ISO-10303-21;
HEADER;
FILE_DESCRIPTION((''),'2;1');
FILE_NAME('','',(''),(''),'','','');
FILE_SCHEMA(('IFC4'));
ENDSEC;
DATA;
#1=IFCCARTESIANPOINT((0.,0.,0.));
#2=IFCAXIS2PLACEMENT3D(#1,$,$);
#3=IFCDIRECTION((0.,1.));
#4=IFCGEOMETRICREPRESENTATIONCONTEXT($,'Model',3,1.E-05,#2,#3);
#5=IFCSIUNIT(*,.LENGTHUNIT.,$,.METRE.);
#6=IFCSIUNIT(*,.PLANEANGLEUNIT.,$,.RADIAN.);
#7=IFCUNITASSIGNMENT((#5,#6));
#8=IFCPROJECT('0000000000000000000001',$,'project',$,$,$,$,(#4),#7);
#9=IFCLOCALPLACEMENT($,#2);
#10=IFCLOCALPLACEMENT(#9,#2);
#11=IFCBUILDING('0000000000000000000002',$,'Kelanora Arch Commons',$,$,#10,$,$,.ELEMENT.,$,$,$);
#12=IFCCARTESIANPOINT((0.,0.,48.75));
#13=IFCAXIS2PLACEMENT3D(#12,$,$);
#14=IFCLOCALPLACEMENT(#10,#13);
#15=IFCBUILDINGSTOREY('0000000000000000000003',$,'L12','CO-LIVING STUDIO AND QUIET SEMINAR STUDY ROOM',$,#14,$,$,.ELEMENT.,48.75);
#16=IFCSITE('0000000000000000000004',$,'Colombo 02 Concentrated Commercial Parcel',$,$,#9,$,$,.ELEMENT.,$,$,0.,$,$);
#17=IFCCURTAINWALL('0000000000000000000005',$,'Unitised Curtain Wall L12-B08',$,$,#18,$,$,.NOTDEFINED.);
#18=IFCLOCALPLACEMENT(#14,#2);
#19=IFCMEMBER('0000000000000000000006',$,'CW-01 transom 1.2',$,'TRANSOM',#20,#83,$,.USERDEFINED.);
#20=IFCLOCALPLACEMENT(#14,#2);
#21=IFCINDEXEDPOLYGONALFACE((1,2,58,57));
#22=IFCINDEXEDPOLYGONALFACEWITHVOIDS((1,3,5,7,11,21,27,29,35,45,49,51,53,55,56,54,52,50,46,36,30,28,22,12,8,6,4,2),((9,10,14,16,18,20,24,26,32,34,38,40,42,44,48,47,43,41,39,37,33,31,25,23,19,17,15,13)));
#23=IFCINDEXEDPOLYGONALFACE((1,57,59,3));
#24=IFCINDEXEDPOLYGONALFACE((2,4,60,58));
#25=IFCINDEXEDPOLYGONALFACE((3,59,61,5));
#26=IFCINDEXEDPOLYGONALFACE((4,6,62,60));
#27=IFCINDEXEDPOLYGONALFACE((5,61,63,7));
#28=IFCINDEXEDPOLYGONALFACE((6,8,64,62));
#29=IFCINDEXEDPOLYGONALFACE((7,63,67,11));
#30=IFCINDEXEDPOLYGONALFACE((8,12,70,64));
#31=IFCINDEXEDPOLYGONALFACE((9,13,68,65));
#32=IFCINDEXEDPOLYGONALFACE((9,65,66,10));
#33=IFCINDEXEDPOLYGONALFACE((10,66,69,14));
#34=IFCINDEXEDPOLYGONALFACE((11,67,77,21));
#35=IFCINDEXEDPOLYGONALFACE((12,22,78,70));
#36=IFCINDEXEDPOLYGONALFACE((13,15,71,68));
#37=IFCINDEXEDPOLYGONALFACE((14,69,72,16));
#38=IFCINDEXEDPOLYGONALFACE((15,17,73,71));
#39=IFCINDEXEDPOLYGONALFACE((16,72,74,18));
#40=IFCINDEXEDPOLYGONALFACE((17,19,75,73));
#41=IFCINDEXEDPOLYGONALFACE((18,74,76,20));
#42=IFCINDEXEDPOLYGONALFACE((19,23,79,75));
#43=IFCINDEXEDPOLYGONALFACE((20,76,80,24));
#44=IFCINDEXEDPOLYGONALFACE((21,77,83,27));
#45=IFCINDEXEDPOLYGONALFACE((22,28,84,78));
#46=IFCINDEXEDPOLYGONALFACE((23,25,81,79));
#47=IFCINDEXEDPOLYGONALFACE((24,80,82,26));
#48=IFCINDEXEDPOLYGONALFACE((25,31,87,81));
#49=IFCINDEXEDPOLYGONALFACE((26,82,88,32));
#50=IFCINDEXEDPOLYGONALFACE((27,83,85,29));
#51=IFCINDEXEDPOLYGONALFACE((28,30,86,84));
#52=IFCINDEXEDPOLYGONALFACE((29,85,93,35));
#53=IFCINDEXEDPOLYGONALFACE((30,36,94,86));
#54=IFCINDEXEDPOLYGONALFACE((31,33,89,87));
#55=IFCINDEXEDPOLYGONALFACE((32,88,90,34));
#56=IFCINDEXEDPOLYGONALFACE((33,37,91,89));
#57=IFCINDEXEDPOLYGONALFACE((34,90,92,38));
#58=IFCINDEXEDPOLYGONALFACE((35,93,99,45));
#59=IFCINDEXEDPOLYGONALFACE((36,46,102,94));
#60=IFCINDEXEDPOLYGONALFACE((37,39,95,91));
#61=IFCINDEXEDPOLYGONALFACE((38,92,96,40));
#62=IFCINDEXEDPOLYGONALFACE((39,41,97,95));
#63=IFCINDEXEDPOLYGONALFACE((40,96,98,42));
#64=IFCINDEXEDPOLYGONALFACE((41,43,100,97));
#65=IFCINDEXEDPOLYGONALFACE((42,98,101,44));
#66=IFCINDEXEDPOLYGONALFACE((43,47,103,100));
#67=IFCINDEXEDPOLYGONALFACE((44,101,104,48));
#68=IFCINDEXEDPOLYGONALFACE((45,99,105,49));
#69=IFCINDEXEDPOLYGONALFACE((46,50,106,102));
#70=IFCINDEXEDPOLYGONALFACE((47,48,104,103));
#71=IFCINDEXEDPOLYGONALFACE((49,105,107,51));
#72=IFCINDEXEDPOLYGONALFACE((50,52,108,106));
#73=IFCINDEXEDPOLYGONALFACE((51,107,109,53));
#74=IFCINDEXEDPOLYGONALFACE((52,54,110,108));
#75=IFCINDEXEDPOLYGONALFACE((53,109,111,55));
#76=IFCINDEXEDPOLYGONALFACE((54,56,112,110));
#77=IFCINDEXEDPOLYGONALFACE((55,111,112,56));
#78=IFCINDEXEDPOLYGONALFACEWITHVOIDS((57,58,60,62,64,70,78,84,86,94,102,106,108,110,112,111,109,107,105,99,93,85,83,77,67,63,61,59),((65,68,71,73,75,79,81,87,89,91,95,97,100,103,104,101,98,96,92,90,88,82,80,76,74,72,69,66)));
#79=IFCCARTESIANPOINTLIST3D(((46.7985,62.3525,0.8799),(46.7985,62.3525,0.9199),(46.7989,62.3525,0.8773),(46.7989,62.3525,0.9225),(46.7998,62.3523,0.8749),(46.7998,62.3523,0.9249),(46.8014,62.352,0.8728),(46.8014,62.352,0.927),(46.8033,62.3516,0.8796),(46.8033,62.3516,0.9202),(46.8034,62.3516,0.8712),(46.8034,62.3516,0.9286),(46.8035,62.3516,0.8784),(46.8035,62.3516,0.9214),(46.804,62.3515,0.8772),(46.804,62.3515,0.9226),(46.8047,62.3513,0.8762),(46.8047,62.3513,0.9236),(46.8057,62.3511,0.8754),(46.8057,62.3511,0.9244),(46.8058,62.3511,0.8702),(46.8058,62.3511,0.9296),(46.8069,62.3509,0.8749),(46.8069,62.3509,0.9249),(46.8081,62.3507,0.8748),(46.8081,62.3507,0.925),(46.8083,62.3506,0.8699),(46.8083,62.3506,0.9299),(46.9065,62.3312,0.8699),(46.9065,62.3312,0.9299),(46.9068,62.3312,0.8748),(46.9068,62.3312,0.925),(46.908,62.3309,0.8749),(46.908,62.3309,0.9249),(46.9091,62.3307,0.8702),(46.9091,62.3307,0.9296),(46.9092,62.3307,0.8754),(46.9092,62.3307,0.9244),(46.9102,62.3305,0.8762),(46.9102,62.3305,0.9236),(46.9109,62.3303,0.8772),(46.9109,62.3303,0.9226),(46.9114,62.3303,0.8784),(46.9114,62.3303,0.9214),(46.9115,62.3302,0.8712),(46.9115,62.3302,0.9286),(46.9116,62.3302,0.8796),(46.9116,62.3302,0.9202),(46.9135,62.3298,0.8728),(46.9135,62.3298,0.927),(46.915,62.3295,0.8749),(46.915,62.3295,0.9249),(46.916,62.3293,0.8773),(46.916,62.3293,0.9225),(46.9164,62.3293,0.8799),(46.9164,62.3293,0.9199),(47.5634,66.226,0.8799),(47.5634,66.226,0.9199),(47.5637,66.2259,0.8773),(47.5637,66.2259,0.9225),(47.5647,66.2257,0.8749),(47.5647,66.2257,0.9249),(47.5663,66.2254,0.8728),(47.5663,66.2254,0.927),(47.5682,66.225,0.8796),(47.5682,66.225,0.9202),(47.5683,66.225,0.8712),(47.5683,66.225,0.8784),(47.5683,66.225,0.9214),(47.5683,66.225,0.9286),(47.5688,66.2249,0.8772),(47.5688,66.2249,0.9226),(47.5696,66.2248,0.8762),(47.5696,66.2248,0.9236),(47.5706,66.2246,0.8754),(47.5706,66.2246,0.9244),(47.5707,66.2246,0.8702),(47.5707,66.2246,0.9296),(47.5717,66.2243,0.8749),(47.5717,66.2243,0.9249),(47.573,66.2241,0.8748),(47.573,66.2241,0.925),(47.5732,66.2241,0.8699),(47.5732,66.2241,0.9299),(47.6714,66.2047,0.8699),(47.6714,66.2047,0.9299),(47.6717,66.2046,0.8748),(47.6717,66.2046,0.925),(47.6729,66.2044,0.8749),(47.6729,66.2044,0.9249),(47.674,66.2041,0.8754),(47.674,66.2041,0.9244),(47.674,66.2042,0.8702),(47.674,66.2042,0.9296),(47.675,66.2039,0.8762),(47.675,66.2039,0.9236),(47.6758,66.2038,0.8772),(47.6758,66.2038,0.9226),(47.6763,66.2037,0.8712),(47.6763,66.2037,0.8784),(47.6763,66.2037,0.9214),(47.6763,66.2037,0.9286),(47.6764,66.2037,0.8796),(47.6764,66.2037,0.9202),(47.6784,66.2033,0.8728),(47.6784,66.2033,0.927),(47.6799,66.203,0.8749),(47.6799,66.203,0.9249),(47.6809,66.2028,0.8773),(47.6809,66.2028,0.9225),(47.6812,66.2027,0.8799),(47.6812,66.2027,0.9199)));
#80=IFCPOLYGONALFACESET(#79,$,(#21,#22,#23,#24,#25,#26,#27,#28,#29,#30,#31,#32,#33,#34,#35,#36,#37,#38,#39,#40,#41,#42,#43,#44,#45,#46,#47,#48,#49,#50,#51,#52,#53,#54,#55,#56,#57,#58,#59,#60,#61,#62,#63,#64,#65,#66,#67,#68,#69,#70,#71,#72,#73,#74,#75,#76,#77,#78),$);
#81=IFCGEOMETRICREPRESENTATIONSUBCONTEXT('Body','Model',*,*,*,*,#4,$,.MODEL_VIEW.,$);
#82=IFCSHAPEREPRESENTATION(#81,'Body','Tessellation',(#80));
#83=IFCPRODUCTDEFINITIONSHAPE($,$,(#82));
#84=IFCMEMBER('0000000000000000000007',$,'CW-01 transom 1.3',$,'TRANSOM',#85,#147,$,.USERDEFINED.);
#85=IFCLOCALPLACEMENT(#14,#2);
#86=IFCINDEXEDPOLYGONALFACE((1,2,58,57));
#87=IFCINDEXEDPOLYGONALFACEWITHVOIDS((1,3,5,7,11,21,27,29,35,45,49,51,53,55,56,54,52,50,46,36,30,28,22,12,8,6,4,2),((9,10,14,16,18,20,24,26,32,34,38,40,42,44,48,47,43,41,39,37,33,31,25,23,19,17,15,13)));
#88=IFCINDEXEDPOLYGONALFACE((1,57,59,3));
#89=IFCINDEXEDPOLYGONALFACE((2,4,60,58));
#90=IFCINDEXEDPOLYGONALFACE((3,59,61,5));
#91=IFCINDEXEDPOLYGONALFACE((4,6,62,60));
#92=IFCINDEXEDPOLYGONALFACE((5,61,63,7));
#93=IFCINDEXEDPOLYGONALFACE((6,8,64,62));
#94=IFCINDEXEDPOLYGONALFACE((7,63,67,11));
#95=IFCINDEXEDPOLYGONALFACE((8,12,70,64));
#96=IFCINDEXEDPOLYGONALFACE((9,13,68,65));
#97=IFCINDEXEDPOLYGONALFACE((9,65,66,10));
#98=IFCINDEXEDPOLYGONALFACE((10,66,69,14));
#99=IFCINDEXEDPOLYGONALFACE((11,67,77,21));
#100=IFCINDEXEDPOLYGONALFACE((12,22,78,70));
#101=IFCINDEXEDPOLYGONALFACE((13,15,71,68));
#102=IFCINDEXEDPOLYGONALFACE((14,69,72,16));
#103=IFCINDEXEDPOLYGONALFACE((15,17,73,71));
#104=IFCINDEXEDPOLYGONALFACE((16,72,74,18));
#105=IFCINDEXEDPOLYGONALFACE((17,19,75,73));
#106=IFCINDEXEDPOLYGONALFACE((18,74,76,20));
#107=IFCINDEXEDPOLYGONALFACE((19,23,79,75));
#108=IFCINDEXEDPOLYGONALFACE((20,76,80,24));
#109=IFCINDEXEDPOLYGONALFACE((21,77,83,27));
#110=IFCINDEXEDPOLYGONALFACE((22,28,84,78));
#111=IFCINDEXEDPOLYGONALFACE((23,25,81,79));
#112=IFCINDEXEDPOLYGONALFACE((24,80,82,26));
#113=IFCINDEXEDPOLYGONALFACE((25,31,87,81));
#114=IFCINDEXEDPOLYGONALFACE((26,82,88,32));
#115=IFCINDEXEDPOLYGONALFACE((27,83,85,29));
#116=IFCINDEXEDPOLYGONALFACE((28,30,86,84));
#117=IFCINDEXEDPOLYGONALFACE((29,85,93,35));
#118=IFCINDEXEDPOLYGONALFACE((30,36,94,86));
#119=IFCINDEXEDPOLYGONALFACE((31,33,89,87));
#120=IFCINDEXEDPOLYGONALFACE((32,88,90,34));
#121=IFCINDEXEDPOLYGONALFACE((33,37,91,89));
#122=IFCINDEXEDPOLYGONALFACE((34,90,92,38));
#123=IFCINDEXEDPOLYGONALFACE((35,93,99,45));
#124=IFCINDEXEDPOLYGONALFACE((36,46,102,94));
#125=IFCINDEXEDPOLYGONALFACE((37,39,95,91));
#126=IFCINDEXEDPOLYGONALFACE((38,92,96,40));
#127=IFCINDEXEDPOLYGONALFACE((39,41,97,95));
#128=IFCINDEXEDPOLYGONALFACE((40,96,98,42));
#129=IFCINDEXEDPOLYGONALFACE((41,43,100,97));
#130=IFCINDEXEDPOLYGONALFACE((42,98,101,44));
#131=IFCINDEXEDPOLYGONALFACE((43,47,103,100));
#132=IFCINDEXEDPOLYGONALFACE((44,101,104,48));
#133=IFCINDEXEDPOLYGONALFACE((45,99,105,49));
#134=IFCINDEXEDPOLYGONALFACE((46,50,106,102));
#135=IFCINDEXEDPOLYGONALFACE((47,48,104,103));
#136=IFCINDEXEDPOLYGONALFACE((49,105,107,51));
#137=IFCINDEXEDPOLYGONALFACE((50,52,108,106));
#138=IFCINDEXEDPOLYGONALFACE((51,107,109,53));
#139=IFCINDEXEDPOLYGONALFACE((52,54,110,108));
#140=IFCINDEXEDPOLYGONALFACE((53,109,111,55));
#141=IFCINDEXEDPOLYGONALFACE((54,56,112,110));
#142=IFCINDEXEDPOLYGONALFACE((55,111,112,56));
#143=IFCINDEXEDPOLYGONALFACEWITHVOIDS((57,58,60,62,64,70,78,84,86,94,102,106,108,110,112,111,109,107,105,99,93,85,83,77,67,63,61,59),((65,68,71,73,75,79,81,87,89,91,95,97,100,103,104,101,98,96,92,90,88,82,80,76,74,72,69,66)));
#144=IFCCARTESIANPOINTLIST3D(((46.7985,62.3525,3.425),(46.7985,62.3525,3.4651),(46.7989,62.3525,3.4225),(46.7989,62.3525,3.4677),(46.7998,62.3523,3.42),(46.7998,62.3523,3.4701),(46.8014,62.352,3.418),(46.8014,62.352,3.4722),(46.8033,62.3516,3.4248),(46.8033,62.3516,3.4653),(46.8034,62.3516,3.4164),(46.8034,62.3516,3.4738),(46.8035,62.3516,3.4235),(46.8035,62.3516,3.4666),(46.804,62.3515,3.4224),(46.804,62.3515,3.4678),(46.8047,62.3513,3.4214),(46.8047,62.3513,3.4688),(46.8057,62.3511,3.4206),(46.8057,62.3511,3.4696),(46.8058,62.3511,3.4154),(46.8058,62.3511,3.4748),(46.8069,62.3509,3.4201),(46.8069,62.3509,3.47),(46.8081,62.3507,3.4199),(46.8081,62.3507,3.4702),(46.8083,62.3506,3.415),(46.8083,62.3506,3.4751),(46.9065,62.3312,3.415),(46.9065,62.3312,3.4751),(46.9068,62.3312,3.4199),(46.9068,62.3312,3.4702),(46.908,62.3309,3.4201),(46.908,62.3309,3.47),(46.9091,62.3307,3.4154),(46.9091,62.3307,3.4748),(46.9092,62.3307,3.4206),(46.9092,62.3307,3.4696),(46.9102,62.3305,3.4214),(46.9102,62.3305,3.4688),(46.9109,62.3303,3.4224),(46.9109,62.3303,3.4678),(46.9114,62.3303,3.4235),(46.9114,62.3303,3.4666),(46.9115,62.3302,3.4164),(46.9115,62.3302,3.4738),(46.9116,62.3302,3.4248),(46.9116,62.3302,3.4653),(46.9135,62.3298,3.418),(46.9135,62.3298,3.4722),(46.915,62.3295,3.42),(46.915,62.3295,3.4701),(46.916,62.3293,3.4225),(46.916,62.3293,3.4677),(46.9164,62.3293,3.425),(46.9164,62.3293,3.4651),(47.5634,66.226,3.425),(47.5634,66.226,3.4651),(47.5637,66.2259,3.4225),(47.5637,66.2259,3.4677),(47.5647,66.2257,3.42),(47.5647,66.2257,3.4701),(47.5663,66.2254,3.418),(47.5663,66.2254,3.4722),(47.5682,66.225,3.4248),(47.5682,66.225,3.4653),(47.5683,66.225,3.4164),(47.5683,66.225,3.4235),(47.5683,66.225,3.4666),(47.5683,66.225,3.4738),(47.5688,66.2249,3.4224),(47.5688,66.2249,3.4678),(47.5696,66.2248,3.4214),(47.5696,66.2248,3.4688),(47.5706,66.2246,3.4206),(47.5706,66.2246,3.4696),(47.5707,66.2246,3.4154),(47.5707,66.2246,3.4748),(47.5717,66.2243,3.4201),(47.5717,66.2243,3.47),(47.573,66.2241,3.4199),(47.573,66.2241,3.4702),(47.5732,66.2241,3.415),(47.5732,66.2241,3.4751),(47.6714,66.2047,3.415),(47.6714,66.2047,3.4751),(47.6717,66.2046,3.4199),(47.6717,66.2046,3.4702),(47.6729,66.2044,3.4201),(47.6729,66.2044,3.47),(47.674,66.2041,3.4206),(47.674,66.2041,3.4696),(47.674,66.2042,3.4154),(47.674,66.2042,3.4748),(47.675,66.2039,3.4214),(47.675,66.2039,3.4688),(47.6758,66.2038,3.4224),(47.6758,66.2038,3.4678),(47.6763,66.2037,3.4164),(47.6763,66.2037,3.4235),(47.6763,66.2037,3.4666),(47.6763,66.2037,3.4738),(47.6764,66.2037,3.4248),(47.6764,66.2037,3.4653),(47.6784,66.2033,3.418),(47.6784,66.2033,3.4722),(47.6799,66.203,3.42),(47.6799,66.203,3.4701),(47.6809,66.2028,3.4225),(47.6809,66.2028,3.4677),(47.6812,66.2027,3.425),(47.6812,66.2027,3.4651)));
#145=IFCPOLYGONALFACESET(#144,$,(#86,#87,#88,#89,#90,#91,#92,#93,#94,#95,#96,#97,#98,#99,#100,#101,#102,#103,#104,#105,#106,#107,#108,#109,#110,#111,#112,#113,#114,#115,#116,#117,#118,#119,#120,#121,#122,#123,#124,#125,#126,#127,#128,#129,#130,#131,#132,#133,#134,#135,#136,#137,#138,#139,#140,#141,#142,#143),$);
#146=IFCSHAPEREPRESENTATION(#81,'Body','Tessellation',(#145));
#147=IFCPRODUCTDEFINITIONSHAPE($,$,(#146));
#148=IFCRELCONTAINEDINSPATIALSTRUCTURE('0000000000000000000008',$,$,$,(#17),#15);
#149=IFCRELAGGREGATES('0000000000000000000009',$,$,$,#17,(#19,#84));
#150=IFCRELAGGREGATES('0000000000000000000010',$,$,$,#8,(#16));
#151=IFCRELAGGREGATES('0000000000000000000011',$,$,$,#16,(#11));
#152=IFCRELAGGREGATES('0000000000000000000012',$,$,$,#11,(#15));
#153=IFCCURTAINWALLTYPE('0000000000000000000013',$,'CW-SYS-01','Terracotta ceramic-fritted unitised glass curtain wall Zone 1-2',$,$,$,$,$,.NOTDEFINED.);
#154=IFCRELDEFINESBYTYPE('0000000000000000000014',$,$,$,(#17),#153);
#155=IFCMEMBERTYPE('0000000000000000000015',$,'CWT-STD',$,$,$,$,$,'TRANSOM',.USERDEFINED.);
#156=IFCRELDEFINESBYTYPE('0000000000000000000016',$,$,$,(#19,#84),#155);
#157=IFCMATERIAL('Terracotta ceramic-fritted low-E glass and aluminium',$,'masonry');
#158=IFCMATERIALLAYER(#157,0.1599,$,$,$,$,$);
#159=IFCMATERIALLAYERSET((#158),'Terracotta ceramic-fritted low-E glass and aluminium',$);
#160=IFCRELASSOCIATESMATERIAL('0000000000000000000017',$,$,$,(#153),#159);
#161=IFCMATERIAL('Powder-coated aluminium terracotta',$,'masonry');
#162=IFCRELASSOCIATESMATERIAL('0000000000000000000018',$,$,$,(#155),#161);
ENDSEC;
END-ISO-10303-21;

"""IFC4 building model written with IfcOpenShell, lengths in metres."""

from ifc_helpers import new_model, si_unit, direction, frame, origin, origin_2d, place, context, subcontext, project, spatial, hollow_rectangle, extrude, material, layer, layer_set, material_profile, profile_set, type_object, element, aggregate, save


model = new_model("IFC4")

# Units and contexts
model_context = context("Model", 3, precision=1e-05, world=origin(), true_north=direction((0.0, 1.0)))
body_context = subcontext(model_context, "Body", "Model", "MODEL_VIEW")
ifc_project = project(units=[si_unit("LENGTHUNIT", "METRE"), si_unit("PLANEANGLEUNIT", "RADIAN")], contexts=[model_context])

# Site, building, storey
site_placement = place(None, origin())
site = spatial("IfcSite", under=ifc_project, at=site_placement, Name="Colombo 02 Concentrated Commercial Parcel", CompositionType="ELEMENT", RefElevation=0.0)
building_placement = place(site_placement, origin())
building = spatial("IfcBuilding", under=site, at=building_placement, Name="Kelanora Arch Commons", CompositionType="ELEMENT")
storey_placement = place(building_placement, frame((0.0, 0.0, 48.75)))
storey = spatial("IfcBuildingStorey", under=building, at=storey_placement, Name="L12", Description="CO-LIVING STUDIO AND QUIET SEMINAR STUDY ROOM", CompositionType="ELEMENT", Elevation=48.75)

# Curtain wall, members
ifc_material_1 = material(Name="Terracotta ceramic-fritted low-E glass and aluminium", Category="masonry")
ifc_layer_1 = layer(ifc_material_1, 0.1599)
ifc_layer_set_1 = layer_set([ifc_layer_1], Name="Terracotta ceramic-fritted low-E glass and aluminium")
curtain_wall_type = type_object("IfcCurtainWallType", Name="CW-SYS-01", Description="Terracotta ceramic-fritted unitised glass curtain wall Zone 1-2", PredefinedType="NOTDEFINED", material=ifc_layer_set_1)
curtain_wall_placement = place(storey_placement, origin())
curtain_wall = element("IfcCurtainWall", 1, at=curtain_wall_placement, inside=storey, type_object=curtain_wall_type, Name="Unitised Curtain Wall L12-B08", PredefinedType="NOTDEFINED")
ifc_material_2 = material(Name="Powder-coated aluminium terracotta", Category="masonry")
ifc_material_profile_1 = material_profile(ifc_material_2, hollow_rectangle(XDim=0.1201, YDim=0.0601, WallThickness=0.0049, InnerFilletRadius=0.0049, OuterFilletRadius=0.01, at=origin_2d()), Name="CWT120x60")
ifc_profile_set_1 = profile_set([ifc_material_profile_1], Name="Powder-coated aluminium terracotta")
member_type_1 = type_object("IfcMemberType", Name="CWT-STD", ElementType="TRANSOM", PredefinedType="USERDEFINED", material=ifc_profile_set_1)
member_1_placement = place(storey_placement, frame((47.6223, 66.2144, 0.8999), z_axis=(-0.193725, -0.981056, 0.0), x_axis=(0.981056, -0.193725, 0.0)))
member_1 = element("IfcMember", 2, at=member_1_placement, type_object=member_type_1, Name="CW-01 transom 1.2", ObjectType="TRANSOM", PredefinedType="USERDEFINED", context=body_context, shape_type="SweptSolid", body=[
    extrude(hollow_rectangle(XDim=0.1201, YDim=0.0601, WallThickness=0.0049, InnerFilletRadius=0.0049, OuterFilletRadius=0.01, at=origin_2d()), origin(), (0.0, 0.0, 1.0), 3.9482),
])
member_2_placement = place(storey_placement, frame((47.6223, 66.2144, 3.4451), z_axis=(-0.193725, -0.981056, 0.0), x_axis=(0.981056, -0.193725, 0.0)))
member_2 = element("IfcMember", 3, at=member_2_placement, type_object=member_type_1, Name="CW-01 transom 1.3", ObjectType="TRANSOM", PredefinedType="USERDEFINED", context=body_context, shape_type="SweptSolid", body=[
    extrude(hollow_rectangle(XDim=0.1201, YDim=0.0601, WallThickness=0.0049, InnerFilletRadius=0.0049, OuterFilletRadius=0.01, at=origin_2d()), origin(), (0.0, 0.0, 1.0), 3.9482),
])
aggregate(curtain_wall, [member_1, member_2])

save(model, "model.ifc")
